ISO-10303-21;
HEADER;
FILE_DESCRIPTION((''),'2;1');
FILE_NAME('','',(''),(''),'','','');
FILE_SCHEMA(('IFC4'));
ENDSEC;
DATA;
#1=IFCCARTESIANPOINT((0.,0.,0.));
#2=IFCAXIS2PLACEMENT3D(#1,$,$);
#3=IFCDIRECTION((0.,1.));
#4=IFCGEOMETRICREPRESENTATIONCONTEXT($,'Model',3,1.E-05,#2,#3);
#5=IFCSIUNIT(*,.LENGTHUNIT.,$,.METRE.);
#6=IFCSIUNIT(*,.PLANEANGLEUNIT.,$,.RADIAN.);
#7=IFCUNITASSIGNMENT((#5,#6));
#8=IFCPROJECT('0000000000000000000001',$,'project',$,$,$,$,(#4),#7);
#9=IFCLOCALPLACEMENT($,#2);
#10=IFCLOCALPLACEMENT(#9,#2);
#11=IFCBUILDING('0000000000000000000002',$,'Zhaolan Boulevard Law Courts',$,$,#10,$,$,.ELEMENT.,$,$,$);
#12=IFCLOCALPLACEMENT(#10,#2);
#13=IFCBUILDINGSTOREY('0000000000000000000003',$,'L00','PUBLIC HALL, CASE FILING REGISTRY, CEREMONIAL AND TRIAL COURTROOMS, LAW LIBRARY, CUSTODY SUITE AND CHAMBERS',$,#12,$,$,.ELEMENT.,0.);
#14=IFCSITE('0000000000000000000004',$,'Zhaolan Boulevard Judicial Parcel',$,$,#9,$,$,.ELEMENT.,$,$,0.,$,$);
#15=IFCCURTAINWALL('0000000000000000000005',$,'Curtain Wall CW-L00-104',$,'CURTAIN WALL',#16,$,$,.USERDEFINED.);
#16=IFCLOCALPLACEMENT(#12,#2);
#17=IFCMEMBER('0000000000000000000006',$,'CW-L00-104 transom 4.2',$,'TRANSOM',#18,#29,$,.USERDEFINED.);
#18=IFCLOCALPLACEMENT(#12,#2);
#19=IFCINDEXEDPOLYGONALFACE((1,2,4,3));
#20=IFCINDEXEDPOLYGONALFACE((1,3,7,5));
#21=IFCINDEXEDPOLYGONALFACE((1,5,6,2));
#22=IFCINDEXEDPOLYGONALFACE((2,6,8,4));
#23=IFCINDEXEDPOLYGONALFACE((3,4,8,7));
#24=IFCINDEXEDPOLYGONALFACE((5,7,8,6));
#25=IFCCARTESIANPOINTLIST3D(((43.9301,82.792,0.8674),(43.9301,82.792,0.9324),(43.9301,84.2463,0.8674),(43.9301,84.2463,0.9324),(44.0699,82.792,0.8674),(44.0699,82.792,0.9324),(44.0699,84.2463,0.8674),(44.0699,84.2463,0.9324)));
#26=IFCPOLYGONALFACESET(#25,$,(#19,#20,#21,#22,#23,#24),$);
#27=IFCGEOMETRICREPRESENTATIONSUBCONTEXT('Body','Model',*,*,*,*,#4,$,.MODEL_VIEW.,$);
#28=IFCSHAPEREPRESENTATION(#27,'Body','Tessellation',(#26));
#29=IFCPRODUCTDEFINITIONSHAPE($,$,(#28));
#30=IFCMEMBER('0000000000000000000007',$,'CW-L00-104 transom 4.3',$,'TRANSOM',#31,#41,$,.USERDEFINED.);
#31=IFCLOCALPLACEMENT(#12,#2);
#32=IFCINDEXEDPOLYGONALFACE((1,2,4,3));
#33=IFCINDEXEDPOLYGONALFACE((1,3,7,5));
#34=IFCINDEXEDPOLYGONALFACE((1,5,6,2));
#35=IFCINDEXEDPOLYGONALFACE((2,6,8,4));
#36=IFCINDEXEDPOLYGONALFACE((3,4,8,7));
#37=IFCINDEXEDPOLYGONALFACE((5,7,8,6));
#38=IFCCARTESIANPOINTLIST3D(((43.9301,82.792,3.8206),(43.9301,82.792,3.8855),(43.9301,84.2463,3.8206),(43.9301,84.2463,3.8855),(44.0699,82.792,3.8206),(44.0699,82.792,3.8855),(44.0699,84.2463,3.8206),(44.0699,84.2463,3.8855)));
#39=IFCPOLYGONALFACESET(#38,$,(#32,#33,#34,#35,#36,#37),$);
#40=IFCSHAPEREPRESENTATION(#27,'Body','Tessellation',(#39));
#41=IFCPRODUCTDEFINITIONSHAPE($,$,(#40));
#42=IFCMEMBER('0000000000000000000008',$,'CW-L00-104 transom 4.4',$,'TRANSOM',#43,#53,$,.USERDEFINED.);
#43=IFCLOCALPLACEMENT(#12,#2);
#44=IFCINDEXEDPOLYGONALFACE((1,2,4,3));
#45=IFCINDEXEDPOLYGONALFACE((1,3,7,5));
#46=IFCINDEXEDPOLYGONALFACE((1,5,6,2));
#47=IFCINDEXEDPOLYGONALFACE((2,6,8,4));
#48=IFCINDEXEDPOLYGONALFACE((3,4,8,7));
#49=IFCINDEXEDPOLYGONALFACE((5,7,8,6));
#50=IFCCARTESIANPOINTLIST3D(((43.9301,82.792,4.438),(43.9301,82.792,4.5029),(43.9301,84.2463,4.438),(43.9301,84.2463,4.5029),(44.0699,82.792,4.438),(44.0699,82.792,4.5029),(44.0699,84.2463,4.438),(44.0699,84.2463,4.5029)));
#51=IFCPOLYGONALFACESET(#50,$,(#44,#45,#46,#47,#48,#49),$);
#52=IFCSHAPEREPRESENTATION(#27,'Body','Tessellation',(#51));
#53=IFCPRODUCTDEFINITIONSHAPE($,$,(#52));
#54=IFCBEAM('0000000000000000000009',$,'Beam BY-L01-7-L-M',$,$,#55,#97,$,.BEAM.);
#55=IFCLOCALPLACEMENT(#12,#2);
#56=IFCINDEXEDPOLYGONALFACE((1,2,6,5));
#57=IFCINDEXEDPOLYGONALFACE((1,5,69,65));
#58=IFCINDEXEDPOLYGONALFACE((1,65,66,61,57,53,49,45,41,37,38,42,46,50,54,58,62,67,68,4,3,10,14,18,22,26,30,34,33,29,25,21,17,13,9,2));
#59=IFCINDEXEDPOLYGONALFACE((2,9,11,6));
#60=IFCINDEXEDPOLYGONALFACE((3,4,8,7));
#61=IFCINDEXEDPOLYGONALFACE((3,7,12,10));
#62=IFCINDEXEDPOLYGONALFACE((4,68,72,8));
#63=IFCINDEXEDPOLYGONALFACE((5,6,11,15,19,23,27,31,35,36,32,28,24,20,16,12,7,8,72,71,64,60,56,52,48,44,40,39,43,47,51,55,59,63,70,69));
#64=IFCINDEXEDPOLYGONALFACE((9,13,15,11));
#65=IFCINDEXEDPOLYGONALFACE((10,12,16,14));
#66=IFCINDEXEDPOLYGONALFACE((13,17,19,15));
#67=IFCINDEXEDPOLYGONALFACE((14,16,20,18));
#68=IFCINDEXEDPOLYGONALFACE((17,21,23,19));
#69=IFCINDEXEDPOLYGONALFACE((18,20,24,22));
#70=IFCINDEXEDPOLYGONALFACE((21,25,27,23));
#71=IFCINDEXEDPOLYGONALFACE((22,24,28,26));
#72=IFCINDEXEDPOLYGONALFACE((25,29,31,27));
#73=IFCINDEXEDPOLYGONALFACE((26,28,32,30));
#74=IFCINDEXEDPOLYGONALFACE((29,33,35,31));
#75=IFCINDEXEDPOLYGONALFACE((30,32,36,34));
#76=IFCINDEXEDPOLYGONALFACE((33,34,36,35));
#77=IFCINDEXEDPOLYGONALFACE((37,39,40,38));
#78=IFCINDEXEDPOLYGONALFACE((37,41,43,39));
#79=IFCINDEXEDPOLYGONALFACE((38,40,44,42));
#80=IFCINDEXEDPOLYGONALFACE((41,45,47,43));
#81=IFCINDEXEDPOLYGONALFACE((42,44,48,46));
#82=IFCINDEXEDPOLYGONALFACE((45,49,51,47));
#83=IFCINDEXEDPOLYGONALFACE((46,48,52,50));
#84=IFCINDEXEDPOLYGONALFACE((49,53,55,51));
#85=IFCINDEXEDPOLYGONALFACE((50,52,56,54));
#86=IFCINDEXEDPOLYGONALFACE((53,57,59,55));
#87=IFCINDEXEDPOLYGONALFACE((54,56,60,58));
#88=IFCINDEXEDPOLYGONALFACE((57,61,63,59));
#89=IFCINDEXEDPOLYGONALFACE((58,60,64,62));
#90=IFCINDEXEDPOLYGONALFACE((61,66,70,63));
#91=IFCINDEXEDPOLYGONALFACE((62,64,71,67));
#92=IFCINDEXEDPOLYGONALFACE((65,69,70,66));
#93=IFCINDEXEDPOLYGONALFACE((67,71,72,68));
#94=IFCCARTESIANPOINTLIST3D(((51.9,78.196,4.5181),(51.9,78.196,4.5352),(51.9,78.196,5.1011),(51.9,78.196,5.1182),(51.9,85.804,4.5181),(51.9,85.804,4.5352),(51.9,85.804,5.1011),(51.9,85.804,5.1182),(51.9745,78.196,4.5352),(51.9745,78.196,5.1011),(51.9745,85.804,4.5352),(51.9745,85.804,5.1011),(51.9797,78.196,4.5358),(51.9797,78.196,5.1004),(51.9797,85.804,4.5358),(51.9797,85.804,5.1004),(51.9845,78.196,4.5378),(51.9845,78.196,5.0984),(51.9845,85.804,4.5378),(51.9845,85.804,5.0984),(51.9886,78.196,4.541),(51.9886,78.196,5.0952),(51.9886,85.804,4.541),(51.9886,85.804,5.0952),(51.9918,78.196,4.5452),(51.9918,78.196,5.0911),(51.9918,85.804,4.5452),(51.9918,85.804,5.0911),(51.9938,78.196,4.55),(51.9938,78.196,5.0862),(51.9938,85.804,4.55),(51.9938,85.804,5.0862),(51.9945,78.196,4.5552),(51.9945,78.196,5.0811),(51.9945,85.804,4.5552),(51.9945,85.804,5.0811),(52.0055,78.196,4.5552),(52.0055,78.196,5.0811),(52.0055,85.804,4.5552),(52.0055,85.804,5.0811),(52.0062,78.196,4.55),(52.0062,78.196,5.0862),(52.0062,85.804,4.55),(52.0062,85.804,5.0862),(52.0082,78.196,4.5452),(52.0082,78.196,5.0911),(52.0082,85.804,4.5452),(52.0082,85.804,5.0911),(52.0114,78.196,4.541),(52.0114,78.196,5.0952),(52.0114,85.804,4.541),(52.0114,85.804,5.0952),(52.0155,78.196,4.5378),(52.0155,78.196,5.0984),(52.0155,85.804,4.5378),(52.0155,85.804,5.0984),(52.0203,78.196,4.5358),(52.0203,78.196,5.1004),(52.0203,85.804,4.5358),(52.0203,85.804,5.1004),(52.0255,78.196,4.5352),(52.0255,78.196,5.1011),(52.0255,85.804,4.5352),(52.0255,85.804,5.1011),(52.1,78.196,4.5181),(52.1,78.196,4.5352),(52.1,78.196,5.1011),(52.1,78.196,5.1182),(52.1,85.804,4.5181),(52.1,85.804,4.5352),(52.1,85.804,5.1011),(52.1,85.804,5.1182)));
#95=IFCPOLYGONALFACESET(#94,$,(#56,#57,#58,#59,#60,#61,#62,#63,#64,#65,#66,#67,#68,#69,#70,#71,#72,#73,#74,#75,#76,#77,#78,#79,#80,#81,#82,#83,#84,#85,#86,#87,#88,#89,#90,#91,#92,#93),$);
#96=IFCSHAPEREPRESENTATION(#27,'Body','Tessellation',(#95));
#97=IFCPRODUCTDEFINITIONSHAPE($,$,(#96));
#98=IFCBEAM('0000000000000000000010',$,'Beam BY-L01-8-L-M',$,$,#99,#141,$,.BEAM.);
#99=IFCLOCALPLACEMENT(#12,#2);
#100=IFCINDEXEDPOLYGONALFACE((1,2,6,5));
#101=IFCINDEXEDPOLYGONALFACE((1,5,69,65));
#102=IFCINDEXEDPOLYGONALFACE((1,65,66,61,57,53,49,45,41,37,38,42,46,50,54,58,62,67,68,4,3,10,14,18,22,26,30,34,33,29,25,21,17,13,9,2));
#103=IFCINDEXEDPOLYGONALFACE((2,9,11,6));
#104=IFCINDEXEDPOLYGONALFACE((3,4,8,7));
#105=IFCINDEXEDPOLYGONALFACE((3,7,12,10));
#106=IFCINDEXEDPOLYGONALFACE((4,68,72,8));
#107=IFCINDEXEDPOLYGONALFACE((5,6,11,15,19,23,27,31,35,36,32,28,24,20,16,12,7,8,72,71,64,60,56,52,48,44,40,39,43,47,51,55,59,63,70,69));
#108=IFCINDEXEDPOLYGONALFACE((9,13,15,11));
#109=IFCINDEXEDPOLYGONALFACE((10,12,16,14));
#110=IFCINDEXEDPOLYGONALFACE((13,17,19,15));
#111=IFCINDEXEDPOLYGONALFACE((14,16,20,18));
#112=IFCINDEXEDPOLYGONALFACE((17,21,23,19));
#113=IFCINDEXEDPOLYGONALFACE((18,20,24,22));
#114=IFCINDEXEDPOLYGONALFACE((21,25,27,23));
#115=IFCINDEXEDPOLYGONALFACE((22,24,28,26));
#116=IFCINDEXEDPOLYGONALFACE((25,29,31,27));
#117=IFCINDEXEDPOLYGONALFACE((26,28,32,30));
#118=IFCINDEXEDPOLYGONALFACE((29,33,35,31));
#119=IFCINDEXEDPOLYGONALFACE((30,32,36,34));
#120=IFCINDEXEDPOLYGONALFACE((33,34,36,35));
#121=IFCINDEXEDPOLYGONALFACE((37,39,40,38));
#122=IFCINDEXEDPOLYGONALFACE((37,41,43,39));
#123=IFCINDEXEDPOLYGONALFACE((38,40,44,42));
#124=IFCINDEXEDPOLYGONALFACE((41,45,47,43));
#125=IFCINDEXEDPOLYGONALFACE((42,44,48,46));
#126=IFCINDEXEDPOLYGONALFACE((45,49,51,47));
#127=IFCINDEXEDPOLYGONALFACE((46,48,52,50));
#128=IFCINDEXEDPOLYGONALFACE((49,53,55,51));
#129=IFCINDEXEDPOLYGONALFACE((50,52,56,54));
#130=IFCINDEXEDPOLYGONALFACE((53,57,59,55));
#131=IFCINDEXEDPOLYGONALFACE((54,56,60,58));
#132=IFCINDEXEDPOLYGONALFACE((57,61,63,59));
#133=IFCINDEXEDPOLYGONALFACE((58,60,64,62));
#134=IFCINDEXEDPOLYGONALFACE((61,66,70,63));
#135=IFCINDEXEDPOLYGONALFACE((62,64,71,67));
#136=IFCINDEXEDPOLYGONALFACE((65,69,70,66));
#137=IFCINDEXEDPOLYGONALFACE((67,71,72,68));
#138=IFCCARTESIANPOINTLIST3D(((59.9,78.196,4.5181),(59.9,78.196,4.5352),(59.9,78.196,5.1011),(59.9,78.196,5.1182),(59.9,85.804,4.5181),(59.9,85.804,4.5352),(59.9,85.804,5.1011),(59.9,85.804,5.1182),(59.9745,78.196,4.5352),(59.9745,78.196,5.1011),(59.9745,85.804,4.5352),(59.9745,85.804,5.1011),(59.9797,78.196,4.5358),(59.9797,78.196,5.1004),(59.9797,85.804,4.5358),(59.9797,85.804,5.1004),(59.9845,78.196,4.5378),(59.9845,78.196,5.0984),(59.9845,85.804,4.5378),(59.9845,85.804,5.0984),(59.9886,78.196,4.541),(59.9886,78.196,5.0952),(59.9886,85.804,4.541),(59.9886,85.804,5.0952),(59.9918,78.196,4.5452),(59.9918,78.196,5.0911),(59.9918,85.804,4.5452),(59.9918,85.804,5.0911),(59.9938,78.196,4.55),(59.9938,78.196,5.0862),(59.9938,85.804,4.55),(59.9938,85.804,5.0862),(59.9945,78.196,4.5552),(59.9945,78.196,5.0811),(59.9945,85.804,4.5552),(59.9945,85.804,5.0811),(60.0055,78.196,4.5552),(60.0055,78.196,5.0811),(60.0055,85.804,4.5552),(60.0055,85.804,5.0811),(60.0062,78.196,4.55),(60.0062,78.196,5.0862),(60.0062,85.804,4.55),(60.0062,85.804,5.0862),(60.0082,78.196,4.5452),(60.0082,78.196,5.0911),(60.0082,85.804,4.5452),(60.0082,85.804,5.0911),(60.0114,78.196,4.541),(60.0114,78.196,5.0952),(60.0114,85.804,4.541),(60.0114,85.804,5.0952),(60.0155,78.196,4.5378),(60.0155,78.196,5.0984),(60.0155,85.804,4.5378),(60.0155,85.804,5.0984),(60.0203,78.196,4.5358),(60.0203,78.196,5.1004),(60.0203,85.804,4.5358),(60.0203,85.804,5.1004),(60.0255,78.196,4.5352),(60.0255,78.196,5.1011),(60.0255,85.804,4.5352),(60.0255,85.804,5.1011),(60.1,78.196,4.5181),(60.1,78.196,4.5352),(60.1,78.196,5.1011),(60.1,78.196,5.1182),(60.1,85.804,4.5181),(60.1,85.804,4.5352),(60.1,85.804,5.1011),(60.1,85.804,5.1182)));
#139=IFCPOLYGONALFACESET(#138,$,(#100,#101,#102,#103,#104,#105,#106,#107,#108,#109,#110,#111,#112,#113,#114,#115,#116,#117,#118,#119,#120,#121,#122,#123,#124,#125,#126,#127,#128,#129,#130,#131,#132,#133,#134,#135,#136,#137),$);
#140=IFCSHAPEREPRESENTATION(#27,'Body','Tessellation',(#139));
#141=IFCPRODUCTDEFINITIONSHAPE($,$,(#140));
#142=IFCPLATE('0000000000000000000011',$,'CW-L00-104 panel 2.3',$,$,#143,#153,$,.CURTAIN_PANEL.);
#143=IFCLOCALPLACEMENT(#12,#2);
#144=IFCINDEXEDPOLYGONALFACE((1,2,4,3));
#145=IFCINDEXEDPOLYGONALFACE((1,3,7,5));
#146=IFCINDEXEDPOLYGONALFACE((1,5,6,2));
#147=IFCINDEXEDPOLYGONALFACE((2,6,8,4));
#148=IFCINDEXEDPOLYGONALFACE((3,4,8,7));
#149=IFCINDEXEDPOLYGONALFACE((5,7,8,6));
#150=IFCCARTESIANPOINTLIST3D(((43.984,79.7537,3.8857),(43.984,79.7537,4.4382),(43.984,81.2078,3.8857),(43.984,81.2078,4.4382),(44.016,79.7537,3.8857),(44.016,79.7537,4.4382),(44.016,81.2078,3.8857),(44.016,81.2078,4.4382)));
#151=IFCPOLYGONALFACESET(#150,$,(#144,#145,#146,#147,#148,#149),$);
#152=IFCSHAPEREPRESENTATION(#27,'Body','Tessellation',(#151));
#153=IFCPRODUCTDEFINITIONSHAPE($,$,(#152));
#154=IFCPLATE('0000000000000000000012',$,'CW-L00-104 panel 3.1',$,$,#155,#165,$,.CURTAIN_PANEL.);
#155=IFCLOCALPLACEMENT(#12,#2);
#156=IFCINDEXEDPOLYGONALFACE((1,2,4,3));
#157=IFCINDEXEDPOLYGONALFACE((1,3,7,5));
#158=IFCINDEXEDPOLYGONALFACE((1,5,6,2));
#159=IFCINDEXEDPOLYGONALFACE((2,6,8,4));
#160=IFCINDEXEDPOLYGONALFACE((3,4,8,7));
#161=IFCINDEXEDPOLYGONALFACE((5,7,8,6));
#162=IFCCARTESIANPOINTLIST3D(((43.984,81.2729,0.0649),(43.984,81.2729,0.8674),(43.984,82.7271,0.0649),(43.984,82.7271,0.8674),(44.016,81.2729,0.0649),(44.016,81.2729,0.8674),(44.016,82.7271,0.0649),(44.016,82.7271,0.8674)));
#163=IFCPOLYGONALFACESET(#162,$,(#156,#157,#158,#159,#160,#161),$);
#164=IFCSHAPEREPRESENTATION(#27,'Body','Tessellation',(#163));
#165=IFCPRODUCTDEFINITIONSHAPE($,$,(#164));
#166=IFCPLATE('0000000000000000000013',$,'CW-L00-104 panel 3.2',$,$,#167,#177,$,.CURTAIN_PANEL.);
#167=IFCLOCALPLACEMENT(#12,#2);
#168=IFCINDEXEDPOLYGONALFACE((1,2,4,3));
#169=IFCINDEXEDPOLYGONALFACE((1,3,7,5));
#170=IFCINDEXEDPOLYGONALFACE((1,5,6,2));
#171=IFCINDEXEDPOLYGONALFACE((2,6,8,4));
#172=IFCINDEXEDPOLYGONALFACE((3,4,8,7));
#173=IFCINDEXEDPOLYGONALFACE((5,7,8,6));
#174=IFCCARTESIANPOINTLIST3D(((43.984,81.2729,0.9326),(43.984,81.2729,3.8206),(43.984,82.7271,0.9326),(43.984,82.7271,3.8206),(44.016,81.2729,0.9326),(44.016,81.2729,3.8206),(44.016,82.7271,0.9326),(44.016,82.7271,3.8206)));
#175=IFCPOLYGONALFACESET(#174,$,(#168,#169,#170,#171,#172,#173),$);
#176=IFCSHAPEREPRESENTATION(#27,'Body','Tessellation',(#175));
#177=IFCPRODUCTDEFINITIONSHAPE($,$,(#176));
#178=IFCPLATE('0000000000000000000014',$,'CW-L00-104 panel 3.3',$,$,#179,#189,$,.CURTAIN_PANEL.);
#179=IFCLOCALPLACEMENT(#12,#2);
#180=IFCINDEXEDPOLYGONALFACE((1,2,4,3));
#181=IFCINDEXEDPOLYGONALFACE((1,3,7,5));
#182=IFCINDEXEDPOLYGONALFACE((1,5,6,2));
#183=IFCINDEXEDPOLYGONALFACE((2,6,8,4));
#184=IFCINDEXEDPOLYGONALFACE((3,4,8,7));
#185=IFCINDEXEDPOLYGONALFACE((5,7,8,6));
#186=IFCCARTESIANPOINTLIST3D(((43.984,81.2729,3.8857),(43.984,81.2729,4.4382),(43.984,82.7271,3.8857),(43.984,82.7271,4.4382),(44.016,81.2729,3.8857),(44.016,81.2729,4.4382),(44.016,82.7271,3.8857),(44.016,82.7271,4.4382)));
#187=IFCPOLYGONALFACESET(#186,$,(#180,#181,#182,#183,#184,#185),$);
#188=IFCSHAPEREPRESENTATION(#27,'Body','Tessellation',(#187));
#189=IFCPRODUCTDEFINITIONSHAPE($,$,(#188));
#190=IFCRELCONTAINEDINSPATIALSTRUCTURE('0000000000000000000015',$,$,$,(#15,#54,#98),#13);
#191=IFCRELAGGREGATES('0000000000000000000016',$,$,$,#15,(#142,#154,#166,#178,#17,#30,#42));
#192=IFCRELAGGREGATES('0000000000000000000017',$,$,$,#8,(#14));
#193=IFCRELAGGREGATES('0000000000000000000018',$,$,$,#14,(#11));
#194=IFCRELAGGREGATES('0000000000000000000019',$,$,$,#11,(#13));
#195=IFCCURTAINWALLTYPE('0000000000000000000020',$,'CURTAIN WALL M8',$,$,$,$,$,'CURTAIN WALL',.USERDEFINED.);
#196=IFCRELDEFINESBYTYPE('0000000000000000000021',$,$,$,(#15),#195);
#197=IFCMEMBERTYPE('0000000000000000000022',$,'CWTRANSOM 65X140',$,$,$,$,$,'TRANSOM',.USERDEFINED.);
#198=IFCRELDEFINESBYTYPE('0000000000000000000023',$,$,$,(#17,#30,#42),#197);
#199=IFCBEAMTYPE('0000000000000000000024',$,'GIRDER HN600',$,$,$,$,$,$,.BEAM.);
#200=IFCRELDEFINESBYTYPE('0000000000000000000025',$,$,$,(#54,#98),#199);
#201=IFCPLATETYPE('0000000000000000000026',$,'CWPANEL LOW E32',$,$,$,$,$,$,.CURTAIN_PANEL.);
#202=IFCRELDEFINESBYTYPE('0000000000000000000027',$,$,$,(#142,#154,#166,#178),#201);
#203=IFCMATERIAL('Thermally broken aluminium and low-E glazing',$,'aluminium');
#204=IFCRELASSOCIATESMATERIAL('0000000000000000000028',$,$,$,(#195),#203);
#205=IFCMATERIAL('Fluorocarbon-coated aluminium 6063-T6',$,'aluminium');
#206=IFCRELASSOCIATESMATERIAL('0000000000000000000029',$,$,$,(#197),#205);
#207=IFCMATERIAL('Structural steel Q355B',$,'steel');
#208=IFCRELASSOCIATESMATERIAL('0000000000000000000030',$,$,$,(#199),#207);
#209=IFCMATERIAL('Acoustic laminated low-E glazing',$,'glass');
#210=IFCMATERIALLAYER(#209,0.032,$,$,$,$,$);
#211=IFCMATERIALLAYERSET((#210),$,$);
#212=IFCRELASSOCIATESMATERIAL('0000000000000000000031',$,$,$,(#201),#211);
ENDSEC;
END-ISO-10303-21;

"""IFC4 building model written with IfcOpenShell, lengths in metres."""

from ifc_helpers import new_model, si_unit, direction, frame, origin, origin_2d, place, context, subcontext, project, spatial, rectangle, i_section, extrude, material, layer, layer_set, material_profile, profile_set, type_object, element, aggregate, save


model = new_model("IFC4")

# Units and contexts
model_context = context("Model", 3, precision=1e-05, world=origin(), true_north=direction((0.0, 1.0)))
body_context = subcontext(model_context, "Body", "Model", "MODEL_VIEW")
ifc_project = project(units=[si_unit("LENGTHUNIT", "METRE"), si_unit("PLANEANGLEUNIT", "RADIAN")], contexts=[model_context])

# Site, building, storey
site_placement = place(None, origin())
site = spatial("IfcSite", under=ifc_project, at=site_placement, Name="Zhaolan Boulevard Judicial Parcel", CompositionType="ELEMENT", RefElevation=0.0)
building_placement = place(site_placement, origin())
building = spatial("IfcBuilding", under=site, at=building_placement, Name="Zhaolan Boulevard Law Courts", CompositionType="ELEMENT")
storey_placement = place(building_placement, origin())
storey = spatial("IfcBuildingStorey", under=building, at=storey_placement, Name="L00", Description="PUBLIC HALL, CASE FILING REGISTRY, CEREMONIAL AND TRIAL COURTROOMS, LAW LIBRARY, CUSTODY SUITE AND CHAMBERS", CompositionType="ELEMENT", Elevation=0.0)

# Curtain wall, members
ifc_material_1 = material(Name="Thermally broken aluminium and low-E glazing", Category="aluminium")
curtain_wall_type = type_object("IfcCurtainWallType", Name="CURTAIN WALL M8", ElementType="CURTAIN WALL", PredefinedType="USERDEFINED", material=ifc_material_1)
curtain_wall_placement = place(storey_placement, origin())
curtain_wall = element("IfcCurtainWall", 1, at=curtain_wall_placement, inside=storey, type_object=curtain_wall_type, Name="Curtain Wall CW-L00-104", ObjectType="CURTAIN WALL", PredefinedType="USERDEFINED")
ifc_material_2 = material(Name="Fluorocarbon-coated aluminium 6063-T6", Category="aluminium")
ifc_material_profile_1 = material_profile(ifc_material_2, rectangle(XDim=0.1399, YDim=0.0649, at=origin_2d()), Name="AL65x140")
ifc_profile_set_1 = profile_set([ifc_material_profile_1], Name="Fluorocarbon-coated aluminium 6063-T6")
member_type_1 = type_object("IfcMemberType", Name="CWTRANSOM 65X140", ElementType="TRANSOM", PredefinedType="USERDEFINED", material=ifc_profile_set_1)
member_1_placement = place(storey_placement, frame((44.0, 82.792, 0.8999), z_axis=(0.0, 1.0, 0.0), x_axis=(-1.0, 0.0, 0.0)))
member_1 = element("IfcMember", 2, at=member_1_placement, type_object=member_type_1, Name="CW-L00-104 transom 4.2", ObjectType="TRANSOM", PredefinedType="USERDEFINED", context=body_context, shape_type="SweptSolid", body=[
    extrude(rectangle(XDim=0.1399, YDim=0.0649, at=origin_2d()), origin(), (0.0, 0.0, 1.0), 1.4543),
])
member_2_placement = place(storey_placement, frame((44.0, 82.792, 3.853), z_axis=(0.0, 1.0, 0.0), x_axis=(-1.0, 0.0, 0.0)))
member_2 = element("IfcMember", 3, at=member_2_placement, type_object=member_type_1, Name="CW-L00-104 transom 4.3", ObjectType="TRANSOM", PredefinedType="USERDEFINED", context=body_context, shape_type="SweptSolid", body=[
    extrude(rectangle(XDim=0.1399, YDim=0.0649, at=origin_2d()), origin(), (0.0, 0.0, 1.0), 1.4543),
])
member_3_placement = place(storey_placement, frame((44.0, 82.792, 4.4705), z_axis=(0.0, 1.0, 0.0), x_axis=(-1.0, 0.0, 0.0)))
member_3 = element("IfcMember", 4, at=member_3_placement, type_object=member_type_1, Name="CW-L00-104 transom 4.4", ObjectType="TRANSOM", PredefinedType="USERDEFINED", context=body_context, shape_type="SweptSolid", body=[
    extrude(rectangle(XDim=0.1399, YDim=0.0649, at=origin_2d()), origin(), (0.0, 0.0, 1.0), 1.4543),
])

# Beams
ifc_material_3 = material(Name="Structural steel Q355B", Category="steel")
ifc_material_profile_2 = material_profile(ifc_material_3, i_section(OverallWidth=0.2, OverallDepth=0.6001, WebThickness=0.011, FlangeThickness=0.0171, FilletRadius=0.02, at=origin_2d()), Name="HN600x200")
ifc_profile_set_2 = profile_set([ifc_material_profile_2], Name="Structural steel Q355B")
beam_type = type_object("IfcBeamType", Name="GIRDER HN600", PredefinedType="BEAM", material=ifc_profile_set_2)
for number, where, z_axis, x_axis, name in (
    (5, (52.0, 78.196, 4.8181), (0.0, 1.0, 0.0), (-1.0, 0.0, 0.0), "Beam BY-L01-7-L-M"),
    (6, (60.0, 78.196, 4.8181), (0.0, 1.0, 0.0), (-1.0, 0.0, 0.0), "Beam BY-L01-8-L-M"),
):
    element("IfcBeam", number, at=place(storey_placement, frame(where, z_axis=z_axis, x_axis=x_axis)), inside=storey, type_object=beam_type, Name=name, PredefinedType="BEAM", context=body_context, shape_type="SweptSolid", body=[
        extrude(i_section(OverallWidth=0.2, OverallDepth=0.6001, WebThickness=0.011, FlangeThickness=0.0171, FilletRadius=0.02, at=origin_2d()), origin(), (0.0, 0.0, 1.0), 7.6079),
    ])

# Plates
ifc_material_4 = material(Name="Acoustic laminated low-E glazing", Category="glass")
ifc_layer_1 = layer(ifc_material_4, 0.032)
ifc_layer_set_1 = layer_set([ifc_layer_1])
plate_type_1 = type_object("IfcPlateType", Name="CWPANEL LOW E32", PredefinedType="CURTAIN_PANEL", material=ifc_layer_set_1)
plate_1_placement = place(storey_placement, frame((44.0, 80.4807, 3.8857), z_axis=(0.0, 0.0, 1.0), x_axis=(0.0, 1.0, 0.0)))
plate_1 = element("IfcPlate", 7, at=plate_1_placement, type_object=plate_type_1, Name="CW-L00-104 panel 2.3", PredefinedType="CURTAIN_PANEL", context=body_context, shape_type="SweptSolid", body=[
    extrude(rectangle(XDim=1.4541, YDim=0.032, at=origin_2d()), origin(), (0.0, 0.0, 1.0), 0.5525),
])
plate_2_placement = place(storey_placement, frame((44.0, 82.0, 0.0649), z_axis=(0.0, 0.0, 1.0), x_axis=(0.0, 1.0, 0.0)))
plate_2 = element("IfcPlate", 8, at=plate_2_placement, type_object=plate_type_1, Name="CW-L00-104 panel 3.1", PredefinedType="CURTAIN_PANEL", context=body_context, shape_type="SweptSolid", body=[
    extrude(rectangle(XDim=1.4541, YDim=0.032, at=origin_2d()), origin(), (0.0, 0.0, 1.0), 0.8025),
])
plate_3_placement = place(storey_placement, frame((44.0, 82.0, 0.9326), z_axis=(0.0, 0.0, 1.0), x_axis=(0.0, 1.0, 0.0)))
plate_3 = element("IfcPlate", 9, at=plate_3_placement, type_object=plate_type_1, Name="CW-L00-104 panel 3.2", PredefinedType="CURTAIN_PANEL", context=body_context, shape_type="SweptSolid", body=[
    extrude(rectangle(XDim=1.4541, YDim=0.032, at=origin_2d()), origin(), (0.0, 0.0, 1.0), 2.8879),
])
plate_4_placement = place(storey_placement, frame((44.0, 82.0, 3.8857), z_axis=(0.0, 0.0, 1.0), x_axis=(0.0, 1.0, 0.0)))
plate_4 = element("IfcPlate", 10, at=plate_4_placement, type_object=plate_type_1, Name="CW-L00-104 panel 3.3", PredefinedType="CURTAIN_PANEL", context=body_context, shape_type="SweptSolid", body=[
    extrude(rectangle(XDim=1.4541, YDim=0.032, at=origin_2d()), origin(), (0.0, 0.0, 1.0), 0.5525),
])
aggregate(curtain_wall, [plate_1, plate_2, plate_3, plate_4, member_1, member_2, member_3])

save(model, "model.ifc")
